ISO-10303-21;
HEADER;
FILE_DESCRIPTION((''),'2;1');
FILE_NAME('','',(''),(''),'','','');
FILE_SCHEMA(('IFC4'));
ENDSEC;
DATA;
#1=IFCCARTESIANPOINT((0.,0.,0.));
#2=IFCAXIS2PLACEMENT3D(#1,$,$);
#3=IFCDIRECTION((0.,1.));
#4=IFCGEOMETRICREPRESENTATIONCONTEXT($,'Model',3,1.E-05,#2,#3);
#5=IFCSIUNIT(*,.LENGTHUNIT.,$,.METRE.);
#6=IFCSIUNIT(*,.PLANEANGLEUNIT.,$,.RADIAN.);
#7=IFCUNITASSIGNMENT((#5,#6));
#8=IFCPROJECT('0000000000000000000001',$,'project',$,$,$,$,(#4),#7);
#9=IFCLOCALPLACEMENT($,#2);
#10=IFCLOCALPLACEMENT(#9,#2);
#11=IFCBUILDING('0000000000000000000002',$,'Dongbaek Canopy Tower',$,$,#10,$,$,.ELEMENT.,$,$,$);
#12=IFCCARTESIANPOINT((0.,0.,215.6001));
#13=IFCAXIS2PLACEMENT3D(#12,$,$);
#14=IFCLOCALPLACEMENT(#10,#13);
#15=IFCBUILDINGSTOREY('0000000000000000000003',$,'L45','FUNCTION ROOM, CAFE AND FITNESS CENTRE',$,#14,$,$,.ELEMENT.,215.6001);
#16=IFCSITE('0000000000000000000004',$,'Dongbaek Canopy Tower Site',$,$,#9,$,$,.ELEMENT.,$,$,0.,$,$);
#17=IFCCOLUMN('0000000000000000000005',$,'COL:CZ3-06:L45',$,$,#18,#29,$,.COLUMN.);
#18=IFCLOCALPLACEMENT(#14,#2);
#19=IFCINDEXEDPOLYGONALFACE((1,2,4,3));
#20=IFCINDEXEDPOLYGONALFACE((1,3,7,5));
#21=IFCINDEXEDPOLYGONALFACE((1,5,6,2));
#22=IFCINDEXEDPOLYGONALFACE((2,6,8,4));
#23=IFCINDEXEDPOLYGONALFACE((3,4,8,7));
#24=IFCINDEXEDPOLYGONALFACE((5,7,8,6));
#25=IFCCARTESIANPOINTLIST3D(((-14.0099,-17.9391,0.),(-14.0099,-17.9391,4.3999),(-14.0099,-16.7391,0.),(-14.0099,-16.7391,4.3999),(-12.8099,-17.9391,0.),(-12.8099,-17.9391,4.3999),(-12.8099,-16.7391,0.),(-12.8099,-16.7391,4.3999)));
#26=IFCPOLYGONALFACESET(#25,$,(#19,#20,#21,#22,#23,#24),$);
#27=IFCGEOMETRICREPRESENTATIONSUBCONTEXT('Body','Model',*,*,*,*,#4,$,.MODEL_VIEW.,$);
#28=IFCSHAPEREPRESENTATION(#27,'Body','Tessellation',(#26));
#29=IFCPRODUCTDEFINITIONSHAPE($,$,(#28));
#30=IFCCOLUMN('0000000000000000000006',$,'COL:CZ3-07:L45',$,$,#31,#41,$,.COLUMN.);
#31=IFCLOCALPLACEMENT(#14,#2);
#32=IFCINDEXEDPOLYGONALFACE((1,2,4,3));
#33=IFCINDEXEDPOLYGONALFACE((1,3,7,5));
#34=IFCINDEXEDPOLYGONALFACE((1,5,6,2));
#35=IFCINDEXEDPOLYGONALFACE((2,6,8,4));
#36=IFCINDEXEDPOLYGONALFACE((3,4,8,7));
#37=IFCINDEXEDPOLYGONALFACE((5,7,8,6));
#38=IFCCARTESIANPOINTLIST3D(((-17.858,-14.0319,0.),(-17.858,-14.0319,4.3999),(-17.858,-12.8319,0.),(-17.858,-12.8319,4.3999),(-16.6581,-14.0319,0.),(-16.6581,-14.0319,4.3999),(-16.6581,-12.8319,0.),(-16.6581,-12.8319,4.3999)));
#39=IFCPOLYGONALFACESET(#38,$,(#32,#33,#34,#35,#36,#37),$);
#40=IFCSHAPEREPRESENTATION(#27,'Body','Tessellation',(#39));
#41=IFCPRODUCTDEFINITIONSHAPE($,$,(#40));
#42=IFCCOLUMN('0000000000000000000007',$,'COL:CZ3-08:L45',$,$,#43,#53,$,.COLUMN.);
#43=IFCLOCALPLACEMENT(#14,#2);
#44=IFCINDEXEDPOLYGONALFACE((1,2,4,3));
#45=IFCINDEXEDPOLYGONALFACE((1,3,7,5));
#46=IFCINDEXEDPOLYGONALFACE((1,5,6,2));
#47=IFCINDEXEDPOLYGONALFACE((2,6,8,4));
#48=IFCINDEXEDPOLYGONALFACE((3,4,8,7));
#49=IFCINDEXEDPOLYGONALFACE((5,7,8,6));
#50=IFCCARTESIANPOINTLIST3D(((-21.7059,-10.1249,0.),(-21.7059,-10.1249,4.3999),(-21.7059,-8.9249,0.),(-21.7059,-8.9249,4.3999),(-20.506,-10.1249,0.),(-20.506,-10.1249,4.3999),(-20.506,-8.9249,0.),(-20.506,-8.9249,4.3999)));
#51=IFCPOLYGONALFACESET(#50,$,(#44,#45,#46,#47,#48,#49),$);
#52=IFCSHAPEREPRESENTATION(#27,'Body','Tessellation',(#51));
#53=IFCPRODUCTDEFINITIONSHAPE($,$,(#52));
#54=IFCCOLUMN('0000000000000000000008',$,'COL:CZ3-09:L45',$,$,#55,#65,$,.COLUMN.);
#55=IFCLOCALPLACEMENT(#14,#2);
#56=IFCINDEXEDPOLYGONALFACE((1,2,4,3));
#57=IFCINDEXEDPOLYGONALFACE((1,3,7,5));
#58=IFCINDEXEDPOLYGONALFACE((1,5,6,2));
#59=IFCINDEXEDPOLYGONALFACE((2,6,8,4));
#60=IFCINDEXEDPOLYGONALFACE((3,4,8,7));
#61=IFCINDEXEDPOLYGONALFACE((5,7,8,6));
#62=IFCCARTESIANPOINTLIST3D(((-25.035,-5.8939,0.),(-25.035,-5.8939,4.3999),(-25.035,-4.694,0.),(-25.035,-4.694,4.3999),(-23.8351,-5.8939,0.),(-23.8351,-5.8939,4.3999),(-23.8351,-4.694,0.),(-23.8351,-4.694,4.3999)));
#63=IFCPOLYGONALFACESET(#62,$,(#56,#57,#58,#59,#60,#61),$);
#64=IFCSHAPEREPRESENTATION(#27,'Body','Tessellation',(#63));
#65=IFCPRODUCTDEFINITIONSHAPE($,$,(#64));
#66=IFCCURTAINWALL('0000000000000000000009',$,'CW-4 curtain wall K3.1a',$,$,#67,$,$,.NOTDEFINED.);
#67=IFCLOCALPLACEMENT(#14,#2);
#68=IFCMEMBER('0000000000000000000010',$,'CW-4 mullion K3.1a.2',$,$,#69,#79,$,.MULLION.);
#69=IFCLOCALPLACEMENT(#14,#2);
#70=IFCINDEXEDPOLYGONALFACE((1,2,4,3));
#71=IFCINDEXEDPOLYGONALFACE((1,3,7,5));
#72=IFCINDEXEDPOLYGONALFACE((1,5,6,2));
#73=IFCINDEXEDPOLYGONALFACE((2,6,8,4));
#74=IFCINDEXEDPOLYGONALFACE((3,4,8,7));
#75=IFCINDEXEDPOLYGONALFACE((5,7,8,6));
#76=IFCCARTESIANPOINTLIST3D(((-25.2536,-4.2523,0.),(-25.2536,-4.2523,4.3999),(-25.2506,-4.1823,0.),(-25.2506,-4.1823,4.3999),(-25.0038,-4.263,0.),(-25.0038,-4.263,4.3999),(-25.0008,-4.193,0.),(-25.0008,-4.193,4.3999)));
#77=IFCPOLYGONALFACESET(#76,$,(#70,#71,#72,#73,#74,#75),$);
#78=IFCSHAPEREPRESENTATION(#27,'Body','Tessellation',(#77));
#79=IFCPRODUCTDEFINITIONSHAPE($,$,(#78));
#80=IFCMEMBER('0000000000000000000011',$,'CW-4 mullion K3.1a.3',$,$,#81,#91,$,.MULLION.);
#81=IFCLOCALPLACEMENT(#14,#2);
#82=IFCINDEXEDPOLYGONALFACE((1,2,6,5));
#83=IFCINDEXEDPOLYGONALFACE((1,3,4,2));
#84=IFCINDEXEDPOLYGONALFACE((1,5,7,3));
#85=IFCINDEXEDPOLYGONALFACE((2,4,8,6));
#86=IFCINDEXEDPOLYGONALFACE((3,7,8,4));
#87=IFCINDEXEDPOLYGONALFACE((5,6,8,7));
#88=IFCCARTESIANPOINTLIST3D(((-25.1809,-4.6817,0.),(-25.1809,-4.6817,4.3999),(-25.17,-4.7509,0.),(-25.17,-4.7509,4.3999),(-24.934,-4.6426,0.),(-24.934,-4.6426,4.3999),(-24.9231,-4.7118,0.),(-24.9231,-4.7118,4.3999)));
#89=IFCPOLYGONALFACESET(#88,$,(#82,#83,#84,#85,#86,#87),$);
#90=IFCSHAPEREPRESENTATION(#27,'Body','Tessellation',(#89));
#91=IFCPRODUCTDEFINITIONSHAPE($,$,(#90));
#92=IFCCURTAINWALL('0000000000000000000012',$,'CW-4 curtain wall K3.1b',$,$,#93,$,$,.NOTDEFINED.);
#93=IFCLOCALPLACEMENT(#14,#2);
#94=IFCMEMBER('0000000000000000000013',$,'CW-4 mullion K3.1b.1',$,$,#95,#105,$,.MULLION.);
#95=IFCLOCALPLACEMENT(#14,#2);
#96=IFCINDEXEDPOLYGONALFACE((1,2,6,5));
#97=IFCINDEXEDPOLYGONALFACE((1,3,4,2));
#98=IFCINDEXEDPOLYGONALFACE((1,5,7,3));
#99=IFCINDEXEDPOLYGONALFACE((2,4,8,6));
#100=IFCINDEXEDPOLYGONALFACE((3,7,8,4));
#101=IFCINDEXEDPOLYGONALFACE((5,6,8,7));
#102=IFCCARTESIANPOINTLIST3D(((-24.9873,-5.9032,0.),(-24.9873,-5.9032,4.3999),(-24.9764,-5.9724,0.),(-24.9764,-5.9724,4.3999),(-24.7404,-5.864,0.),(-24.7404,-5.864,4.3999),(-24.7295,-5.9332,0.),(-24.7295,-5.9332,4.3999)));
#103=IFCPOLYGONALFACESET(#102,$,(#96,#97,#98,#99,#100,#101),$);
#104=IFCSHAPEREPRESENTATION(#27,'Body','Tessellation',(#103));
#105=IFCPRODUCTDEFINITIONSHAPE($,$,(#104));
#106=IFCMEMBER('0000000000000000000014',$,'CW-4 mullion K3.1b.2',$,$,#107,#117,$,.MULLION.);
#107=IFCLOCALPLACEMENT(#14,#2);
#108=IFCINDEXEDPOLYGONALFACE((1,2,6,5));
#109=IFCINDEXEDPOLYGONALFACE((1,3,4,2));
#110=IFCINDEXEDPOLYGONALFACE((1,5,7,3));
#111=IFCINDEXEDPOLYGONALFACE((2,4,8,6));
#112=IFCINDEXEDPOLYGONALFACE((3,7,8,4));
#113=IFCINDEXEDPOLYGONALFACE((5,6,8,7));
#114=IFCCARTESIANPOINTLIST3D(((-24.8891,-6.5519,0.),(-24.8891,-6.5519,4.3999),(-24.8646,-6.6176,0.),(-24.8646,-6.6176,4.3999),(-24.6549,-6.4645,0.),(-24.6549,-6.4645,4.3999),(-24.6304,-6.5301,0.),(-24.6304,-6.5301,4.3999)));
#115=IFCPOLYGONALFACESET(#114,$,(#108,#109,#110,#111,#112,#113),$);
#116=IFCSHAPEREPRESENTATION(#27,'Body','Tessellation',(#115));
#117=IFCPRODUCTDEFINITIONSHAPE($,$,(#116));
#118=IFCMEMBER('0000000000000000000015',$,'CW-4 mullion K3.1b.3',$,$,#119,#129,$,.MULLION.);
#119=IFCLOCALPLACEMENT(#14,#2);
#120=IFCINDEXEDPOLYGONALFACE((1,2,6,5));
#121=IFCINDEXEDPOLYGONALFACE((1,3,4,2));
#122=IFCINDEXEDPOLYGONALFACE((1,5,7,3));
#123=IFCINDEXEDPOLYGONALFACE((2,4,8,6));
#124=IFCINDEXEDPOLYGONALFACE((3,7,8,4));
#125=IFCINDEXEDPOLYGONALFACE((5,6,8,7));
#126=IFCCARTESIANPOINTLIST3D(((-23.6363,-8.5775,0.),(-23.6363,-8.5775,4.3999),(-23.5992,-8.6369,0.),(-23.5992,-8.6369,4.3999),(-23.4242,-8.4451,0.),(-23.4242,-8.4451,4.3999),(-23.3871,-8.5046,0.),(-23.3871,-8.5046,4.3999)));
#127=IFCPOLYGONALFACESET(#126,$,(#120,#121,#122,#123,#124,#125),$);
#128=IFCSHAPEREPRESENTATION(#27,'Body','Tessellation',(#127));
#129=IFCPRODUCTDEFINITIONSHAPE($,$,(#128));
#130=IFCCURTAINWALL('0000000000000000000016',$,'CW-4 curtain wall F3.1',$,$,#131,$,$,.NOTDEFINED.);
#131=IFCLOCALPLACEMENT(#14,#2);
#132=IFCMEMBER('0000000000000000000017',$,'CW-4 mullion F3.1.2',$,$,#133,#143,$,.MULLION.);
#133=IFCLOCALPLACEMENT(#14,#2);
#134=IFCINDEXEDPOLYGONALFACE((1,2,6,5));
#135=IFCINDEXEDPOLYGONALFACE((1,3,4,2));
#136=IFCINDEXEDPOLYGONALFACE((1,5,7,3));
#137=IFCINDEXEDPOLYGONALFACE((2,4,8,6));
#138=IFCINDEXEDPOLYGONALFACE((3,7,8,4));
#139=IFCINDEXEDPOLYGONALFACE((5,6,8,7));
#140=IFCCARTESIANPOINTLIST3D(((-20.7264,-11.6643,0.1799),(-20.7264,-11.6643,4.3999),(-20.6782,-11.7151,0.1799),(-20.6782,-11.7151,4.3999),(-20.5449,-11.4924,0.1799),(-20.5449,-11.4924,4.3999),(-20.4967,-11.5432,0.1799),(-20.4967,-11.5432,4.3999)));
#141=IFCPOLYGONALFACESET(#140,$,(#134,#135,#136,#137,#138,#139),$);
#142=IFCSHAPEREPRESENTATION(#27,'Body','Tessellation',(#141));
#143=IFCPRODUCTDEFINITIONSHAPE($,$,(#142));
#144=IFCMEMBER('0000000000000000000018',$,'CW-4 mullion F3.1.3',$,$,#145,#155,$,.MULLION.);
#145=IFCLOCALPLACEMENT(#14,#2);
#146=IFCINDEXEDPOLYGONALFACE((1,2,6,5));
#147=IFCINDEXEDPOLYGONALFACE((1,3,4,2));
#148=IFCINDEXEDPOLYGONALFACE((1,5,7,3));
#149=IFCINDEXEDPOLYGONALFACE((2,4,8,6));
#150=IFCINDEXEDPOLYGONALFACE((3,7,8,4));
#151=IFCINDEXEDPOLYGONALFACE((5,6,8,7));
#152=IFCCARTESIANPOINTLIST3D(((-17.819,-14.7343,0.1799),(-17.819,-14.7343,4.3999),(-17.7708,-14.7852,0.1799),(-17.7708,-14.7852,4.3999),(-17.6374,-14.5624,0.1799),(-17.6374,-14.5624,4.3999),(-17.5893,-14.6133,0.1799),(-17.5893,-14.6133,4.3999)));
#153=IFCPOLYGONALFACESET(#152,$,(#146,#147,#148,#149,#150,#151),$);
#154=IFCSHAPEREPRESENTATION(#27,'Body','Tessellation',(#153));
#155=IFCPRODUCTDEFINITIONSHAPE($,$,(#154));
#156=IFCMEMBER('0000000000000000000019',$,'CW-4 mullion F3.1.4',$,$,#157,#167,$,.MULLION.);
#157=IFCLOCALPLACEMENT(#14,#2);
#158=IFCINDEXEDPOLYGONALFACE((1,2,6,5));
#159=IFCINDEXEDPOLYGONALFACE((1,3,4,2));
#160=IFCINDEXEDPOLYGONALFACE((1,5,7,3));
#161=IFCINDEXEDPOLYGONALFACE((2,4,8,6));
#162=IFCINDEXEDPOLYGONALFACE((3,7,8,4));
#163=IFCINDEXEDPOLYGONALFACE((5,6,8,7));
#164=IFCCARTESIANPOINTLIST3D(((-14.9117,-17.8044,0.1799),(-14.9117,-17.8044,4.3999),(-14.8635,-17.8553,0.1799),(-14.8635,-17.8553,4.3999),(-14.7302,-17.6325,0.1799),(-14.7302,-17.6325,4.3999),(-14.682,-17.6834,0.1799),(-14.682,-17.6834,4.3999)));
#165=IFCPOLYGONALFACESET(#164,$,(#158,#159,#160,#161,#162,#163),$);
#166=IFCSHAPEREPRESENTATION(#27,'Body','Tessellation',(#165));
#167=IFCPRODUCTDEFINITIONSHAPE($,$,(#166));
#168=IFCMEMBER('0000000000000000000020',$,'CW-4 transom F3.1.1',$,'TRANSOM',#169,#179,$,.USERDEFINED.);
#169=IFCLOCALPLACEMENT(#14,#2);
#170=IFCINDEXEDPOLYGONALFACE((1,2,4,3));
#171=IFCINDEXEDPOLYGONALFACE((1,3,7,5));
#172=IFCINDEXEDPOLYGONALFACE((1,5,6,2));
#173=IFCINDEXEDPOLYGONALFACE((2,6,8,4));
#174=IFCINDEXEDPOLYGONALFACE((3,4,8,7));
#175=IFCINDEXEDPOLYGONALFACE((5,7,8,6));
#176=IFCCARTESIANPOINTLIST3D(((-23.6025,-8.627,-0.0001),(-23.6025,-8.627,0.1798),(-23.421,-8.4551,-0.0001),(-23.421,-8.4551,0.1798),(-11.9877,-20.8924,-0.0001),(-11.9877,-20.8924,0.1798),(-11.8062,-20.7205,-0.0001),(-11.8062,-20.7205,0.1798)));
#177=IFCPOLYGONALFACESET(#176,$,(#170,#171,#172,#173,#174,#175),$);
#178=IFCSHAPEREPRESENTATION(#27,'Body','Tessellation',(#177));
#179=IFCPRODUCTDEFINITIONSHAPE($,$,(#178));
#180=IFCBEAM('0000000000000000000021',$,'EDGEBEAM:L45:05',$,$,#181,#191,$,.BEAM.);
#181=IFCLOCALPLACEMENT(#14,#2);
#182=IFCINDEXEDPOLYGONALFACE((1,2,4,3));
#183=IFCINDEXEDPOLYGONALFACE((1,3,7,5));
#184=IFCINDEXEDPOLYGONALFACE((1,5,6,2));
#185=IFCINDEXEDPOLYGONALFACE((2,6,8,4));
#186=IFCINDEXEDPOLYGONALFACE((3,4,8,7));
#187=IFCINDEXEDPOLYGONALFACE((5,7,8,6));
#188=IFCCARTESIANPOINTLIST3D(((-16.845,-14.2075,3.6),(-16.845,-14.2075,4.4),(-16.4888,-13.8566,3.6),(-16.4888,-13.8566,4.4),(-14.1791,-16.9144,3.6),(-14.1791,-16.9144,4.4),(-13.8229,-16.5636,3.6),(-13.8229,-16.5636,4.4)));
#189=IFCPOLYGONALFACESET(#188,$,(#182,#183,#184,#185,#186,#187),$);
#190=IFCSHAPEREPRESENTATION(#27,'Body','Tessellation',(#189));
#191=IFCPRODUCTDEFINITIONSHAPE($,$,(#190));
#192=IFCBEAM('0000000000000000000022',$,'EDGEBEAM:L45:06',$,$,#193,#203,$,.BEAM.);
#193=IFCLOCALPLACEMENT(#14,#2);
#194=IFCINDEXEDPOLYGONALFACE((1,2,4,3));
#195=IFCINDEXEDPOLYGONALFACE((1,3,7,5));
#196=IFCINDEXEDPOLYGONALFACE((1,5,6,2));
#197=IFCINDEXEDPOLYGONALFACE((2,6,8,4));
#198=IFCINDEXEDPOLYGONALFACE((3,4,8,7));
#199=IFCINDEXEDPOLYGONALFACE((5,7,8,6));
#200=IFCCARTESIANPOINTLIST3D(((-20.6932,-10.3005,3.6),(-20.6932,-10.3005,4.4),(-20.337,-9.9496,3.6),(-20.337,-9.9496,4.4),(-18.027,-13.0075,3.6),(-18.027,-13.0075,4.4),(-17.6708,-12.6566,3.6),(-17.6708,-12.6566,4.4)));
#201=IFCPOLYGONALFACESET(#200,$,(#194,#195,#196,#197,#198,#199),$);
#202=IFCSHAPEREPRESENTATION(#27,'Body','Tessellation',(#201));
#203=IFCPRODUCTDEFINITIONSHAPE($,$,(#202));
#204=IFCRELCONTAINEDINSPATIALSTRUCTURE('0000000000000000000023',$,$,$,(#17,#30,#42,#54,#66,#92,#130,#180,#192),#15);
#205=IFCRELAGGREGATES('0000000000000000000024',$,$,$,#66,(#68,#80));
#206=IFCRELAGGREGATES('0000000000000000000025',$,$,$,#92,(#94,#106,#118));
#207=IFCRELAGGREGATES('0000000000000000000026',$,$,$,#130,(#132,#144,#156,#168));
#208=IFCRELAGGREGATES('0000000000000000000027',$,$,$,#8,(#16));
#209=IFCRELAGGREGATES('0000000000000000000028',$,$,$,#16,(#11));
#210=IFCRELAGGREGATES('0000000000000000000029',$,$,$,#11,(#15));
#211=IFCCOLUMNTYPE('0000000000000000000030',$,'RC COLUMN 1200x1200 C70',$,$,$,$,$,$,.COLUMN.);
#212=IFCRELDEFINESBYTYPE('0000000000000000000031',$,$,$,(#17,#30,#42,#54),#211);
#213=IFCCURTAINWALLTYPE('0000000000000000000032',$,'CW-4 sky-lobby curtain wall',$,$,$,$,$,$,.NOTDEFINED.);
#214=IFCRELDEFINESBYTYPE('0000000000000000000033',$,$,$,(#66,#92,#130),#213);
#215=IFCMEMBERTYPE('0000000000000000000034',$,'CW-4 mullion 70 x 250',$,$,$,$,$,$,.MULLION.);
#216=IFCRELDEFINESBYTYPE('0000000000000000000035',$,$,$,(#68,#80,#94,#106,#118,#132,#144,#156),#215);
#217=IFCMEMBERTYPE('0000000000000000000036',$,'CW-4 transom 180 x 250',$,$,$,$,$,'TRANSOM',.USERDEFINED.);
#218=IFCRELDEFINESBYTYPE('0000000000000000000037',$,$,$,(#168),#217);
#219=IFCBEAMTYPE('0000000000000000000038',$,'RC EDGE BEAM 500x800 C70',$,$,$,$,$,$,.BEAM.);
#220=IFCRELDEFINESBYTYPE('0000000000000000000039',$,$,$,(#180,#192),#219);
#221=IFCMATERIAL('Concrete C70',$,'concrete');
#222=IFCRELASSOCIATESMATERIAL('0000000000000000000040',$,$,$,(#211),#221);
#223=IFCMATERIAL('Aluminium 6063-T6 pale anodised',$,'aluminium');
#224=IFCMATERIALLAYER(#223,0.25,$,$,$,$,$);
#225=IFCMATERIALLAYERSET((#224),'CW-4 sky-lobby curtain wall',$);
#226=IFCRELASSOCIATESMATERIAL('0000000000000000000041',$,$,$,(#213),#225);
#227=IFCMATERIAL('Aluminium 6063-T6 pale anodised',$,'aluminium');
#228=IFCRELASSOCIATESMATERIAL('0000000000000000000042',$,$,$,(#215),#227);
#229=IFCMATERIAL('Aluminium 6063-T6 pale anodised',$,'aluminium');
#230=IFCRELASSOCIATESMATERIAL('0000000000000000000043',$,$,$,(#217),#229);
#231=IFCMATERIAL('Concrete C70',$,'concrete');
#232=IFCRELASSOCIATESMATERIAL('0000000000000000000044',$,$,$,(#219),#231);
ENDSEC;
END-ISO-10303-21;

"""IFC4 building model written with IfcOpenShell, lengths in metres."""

from ifc_helpers import new_model, si_unit, direction, frame, origin, origin_2d, place, context, subcontext, project, spatial, rectangle, extrude, material, layer, layer_set, material_profile, profile_set, type_object, element, aggregate, save


model = new_model("IFC4")

# Units and contexts
model_context = context("Model", 3, precision=1e-05, world=origin(), true_north=direction((0.0, 1.0)))
body_context = subcontext(model_context, "Body", "Model", "MODEL_VIEW")
ifc_project = project(units=[si_unit("LENGTHUNIT", "METRE"), si_unit("PLANEANGLEUNIT", "RADIAN")], contexts=[model_context])

# Site, building, storey
site_placement = place(None, origin())
site = spatial("IfcSite", under=ifc_project, at=site_placement, Name="Dongbaek Canopy Tower Site", CompositionType="ELEMENT", RefElevation=0.0)
building_placement = place(site_placement, origin())
building = spatial("IfcBuilding", under=site, at=building_placement, Name="Dongbaek Canopy Tower", CompositionType="ELEMENT")
storey_placement = place(building_placement, frame((0.0, 0.0, 215.6001)))
storey = spatial("IfcBuildingStorey", under=building, at=storey_placement, Name="L45", Description="FUNCTION ROOM, CAFE AND FITNESS CENTRE", CompositionType="ELEMENT", Elevation=215.6001)

# Columns
ifc_material_1 = material(Name="Concrete C70", Category="concrete")
ifc_material_profile_1 = material_profile(ifc_material_1, rectangle(XDim=1.2, YDim=1.2, at=origin_2d()), Name="RC COLUMN 1200x1200 C70")
ifc_profile_set_1 = profile_set([ifc_material_profile_1], Name="Concrete C70")
column_type = type_object("IfcColumnType", Name="RC COLUMN 1200x1200 C70", PredefinedType="COLUMN", material=ifc_profile_set_1)
for number, where, z_axis, x_axis, name in (
    (1, (-13.4099, -17.3391, 0.0), (0.0, 0.0, 1.0), (1.0, 0.0, 0.0), "COL:CZ3-06:L45"),
    (2, (-17.2581, -13.4319, 0.0), (0.0, 0.0, 1.0), (1.0, 0.0, 0.0), "COL:CZ3-07:L45"),
    (3, (-21.106, -9.5249, 0.0), (0.0, 0.0, 1.0), (1.0, 0.0, 0.0), "COL:CZ3-08:L45"),
    (4, (-24.4351, -5.2939, 0.0), (0.0, 0.0, 1.0), (1.0, 0.0, 0.0), "COL:CZ3-09:L45"),
):
    element("IfcColumn", number, at=place(storey_placement, frame(where, z_axis=z_axis, x_axis=x_axis)), inside=storey, type_object=column_type, Name=name, PredefinedType="COLUMN", context=body_context, shape_type="SweptSolid", body=[
        extrude(rectangle(XDim=1.2, YDim=1.2, at=origin_2d()), origin(), (0.0, 0.0, 1.0), 4.3999),
    ])

# Curtain walls, members
ifc_material_2 = material(Name="Aluminium 6063-T6 pale anodised", Category="aluminium")
ifc_layer_1 = layer(ifc_material_2, 0.25)
ifc_layer_set_1 = layer_set([ifc_layer_1], Name="CW-4 sky-lobby curtain wall")
curtain_wall_type = type_object("IfcCurtainWallType", Name="CW-4 sky-lobby curtain wall", PredefinedType="NOTDEFINED", material=ifc_layer_set_1)
curtain_wall_1_placement = place(storey_placement, origin())
curtain_wall_1 = element("IfcCurtainWall", 5, at=curtain_wall_1_placement, inside=storey, type_object=curtain_wall_type, Name="CW-4 curtain wall K3.1a", PredefinedType="NOTDEFINED")
ifc_material_3 = material(Name="Aluminium 6063-T6 pale anodised", Category="aluminium")
ifc_material_profile_2 = material_profile(ifc_material_3, rectangle(XDim=0.25, YDim=0.0701, at=origin_2d()), Name="CW-4 mullion 70 x 250")
ifc_profile_set_2 = profile_set([ifc_material_profile_2], Name="Aluminium 6063-T6 pale anodised")
member_type_1 = type_object("IfcMemberType", Name="CW-4 mullion 70 x 250", PredefinedType="MULLION", material=ifc_profile_set_2)
member_1_placement = place(storey_placement, frame((-25.1272, -4.2227, 0.0), z_axis=(0.0, 0.0, 1.0), x_axis=(-0.999069, 0.04313, 0.0)))
member_1 = element("IfcMember", 6, at=member_1_placement, type_object=member_type_1, Name="CW-4 mullion K3.1a.2", PredefinedType="MULLION", context=body_context, shape_type="SweptSolid", body=[
    extrude(rectangle(XDim=0.25, YDim=0.0701, at=origin_2d()), origin(), (0.0, 0.0, 1.0), 4.3999),
])
member_2_placement = place(storey_placement, frame((-25.052, -4.6968, 0.0), z_axis=(0.0, 0.0, 1.0), x_axis=(-0.987672, -0.156539, 0.0)))
member_2 = element("IfcMember", 7, at=member_2_placement, type_object=member_type_1, Name="CW-4 mullion K3.1a.3", PredefinedType="MULLION", context=body_context, shape_type="SweptSolid", body=[
    extrude(rectangle(XDim=0.25, YDim=0.0701, at=origin_2d()), origin(), (0.0, 0.0, 1.0), 4.3999),
])
curtain_wall_2_placement = place(storey_placement, origin())
curtain_wall_2 = element("IfcCurtainWall", 8, at=curtain_wall_2_placement, inside=storey, type_object=curtain_wall_type, Name="CW-4 curtain wall K3.1b", PredefinedType="NOTDEFINED")
member_3_placement = place(storey_placement, frame((-24.8584, -5.9182, 0.0), z_axis=(0.0, 0.0, 1.0), x_axis=(-0.987672, -0.156539, 0.0)))
member_3 = element("IfcMember", 9, at=member_3_placement, type_object=member_type_1, Name="CW-4 mullion K3.1b.1", PredefinedType="MULLION", context=body_context, shape_type="SweptSolid", body=[
    extrude(rectangle(XDim=0.25, YDim=0.0701, at=origin_2d()), origin(), (0.0, 0.0, 1.0), 4.3999),
])
member_4_placement = place(storey_placement, frame((-24.7598, -6.541, 0.0), z_axis=(0.0, 0.0, 1.0), x_axis=(-0.93677, -0.349947, 0.0)))
member_4 = element("IfcMember", 10, at=member_4_placement, type_object=member_type_1, Name="CW-4 mullion K3.1b.2", PredefinedType="MULLION", context=body_context, shape_type="SweptSolid", body=[
    extrude(rectangle(XDim=0.25, YDim=0.0701, at=origin_2d()), origin(), (0.0, 0.0, 1.0), 4.3999),
])
member_5_placement = place(storey_placement, frame((-23.5117, -8.541, 0.0), z_axis=(0.0, 0.0, 1.0), x_axis=(-0.848399, -0.529357, 0.0)))
member_5 = element("IfcMember", 11, at=member_5_placement, type_object=member_type_1, Name="CW-4 mullion K3.1b.3", PredefinedType="MULLION", context=body_context, shape_type="SweptSolid", body=[
    extrude(rectangle(XDim=0.25, YDim=0.0701, at=origin_2d()), origin(), (0.0, 0.0, 1.0), 4.3999),
])
curtain_wall_3_placement = place(storey_placement, origin())
curtain_wall_3 = element("IfcCurtainWall", 12, at=curtain_wall_3_placement, inside=storey, type_object=curtain_wall_type, Name="CW-4 curtain wall F3.1", PredefinedType="NOTDEFINED")
member_6_placement = place(storey_placement, frame((-20.6116, -11.6038, 0.1799), z_axis=(0.0, 0.0, 1.0), x_axis=(-0.726095, -0.687595, 0.0)))
member_6 = element("IfcMember", 13, at=member_6_placement, type_object=member_type_1, Name="CW-4 mullion F3.1.2", PredefinedType="MULLION", context=body_context, shape_type="SweptSolid", body=[
    extrude(rectangle(XDim=0.25, YDim=0.0701, at=origin_2d()), origin(), (0.0, 0.0, 1.0), 4.22),
])
member_7_placement = place(storey_placement, frame((-17.7041, -14.6738, 0.1799), z_axis=(0.0, 0.0, 1.0), x_axis=(-0.726095, -0.687595, 0.0)))
member_7 = element("IfcMember", 14, at=member_7_placement, type_object=member_type_1, Name="CW-4 mullion F3.1.3", PredefinedType="MULLION", context=body_context, shape_type="SweptSolid", body=[
    extrude(rectangle(XDim=0.25, YDim=0.0701, at=origin_2d()), origin(), (0.0, 0.0, 1.0), 4.22),
])
member_8_placement = place(storey_placement, frame((-14.7969, -17.7439, 0.1799), z_axis=(0.0, 0.0, 1.0), x_axis=(-0.726095, -0.687595, 0.0)))
member_8 = element("IfcMember", 15, at=member_8_placement, type_object=member_type_1, Name="CW-4 mullion F3.1.4", PredefinedType="MULLION", context=body_context, shape_type="SweptSolid", body=[
    extrude(rectangle(XDim=0.25, YDim=0.0701, at=origin_2d()), origin(), (0.0, 0.0, 1.0), 4.22),
])
ifc_material_4 = material(Name="Aluminium 6063-T6 pale anodised", Category="aluminium")
ifc_material_profile_3 = material_profile(ifc_material_4, rectangle(XDim=0.25, YDim=0.1799, at=origin_2d()), Name="CW-4 transom 180 x 250")
ifc_profile_set_3 = profile_set([ifc_material_profile_3], Name="Aluminium 6063-T6 pale anodised")
member_type_2 = type_object("IfcMemberType", Name="CW-4 transom 180 x 250", ElementType="TRANSOM", PredefinedType="USERDEFINED", material=ifc_profile_set_3)
member_9_placement = place(storey_placement, frame((-23.5117, -8.541, 0.0898), z_axis=(0.687586, -0.726103, 0.0), x_axis=(0.726103, 0.687586, 0.0)))
member_9 = element("IfcMember", 16, at=member_9_placement, type_object=member_type_2, Name="CW-4 transom F3.1.1", ObjectType="TRANSOM", PredefinedType="USERDEFINED", context=body_context, shape_type="SweptSolid", body=[
    extrude(rectangle(XDim=0.25, YDim=0.1799, at=origin_2d()), origin(), (0.0, 0.0, 1.0), 16.8921),
])

# Beams
ifc_material_5 = material(Name="Concrete C70", Category="concrete")
ifc_material_profile_4 = material_profile(ifc_material_5, rectangle(XDim=0.5, YDim=0.8, at=origin_2d()), Name="RC EDGE BEAM 500x800 C70")
ifc_profile_set_4 = profile_set([ifc_material_profile_4], Name="Concrete C70")
beam_type = type_object("IfcBeamType", Name="RC EDGE BEAM 500x800 C70", PredefinedType="BEAM", material=ifc_profile_set_4)
beam_1_placement = place(storey_placement, frame((-14.001, -16.739, 4.0), z_axis=(-0.701689, 0.712484, 0.0), x_axis=(-0.712484, -0.701689, 0.0)))
element("IfcBeam", 17, at=beam_1_placement, inside=storey, type_object=beam_type, Name="EDGEBEAM:L45:05", PredefinedType="BEAM", context=body_context, shape_type="SweptSolid", body=[
    extrude(rectangle(XDim=0.5, YDim=0.8, at=origin_2d()), origin(), (0.0, 0.0, 1.0), 3.7993),
])
beam_2_placement = place(storey_placement, frame((-17.8489, -12.832, 4.0), z_axis=(-0.701721, 0.712452, 0.0), x_axis=(-0.712452, -0.701721, 0.0)))
element("IfcBeam", 18, at=beam_2_placement, inside=storey, type_object=beam_type, Name="EDGEBEAM:L45:06", PredefinedType="BEAM", context=body_context, shape_type="SweptSolid", body=[
    extrude(rectangle(XDim=0.5, YDim=0.8, at=origin_2d()), origin(), (0.0, 0.0, 1.0), 3.7996),
])

aggregate(curtain_wall_1, [member_1, member_2])
aggregate(curtain_wall_2, [member_3, member_4, member_5])
aggregate(curtain_wall_3, [member_6, member_7, member_8, member_9])

save(model, "model.ifc")
